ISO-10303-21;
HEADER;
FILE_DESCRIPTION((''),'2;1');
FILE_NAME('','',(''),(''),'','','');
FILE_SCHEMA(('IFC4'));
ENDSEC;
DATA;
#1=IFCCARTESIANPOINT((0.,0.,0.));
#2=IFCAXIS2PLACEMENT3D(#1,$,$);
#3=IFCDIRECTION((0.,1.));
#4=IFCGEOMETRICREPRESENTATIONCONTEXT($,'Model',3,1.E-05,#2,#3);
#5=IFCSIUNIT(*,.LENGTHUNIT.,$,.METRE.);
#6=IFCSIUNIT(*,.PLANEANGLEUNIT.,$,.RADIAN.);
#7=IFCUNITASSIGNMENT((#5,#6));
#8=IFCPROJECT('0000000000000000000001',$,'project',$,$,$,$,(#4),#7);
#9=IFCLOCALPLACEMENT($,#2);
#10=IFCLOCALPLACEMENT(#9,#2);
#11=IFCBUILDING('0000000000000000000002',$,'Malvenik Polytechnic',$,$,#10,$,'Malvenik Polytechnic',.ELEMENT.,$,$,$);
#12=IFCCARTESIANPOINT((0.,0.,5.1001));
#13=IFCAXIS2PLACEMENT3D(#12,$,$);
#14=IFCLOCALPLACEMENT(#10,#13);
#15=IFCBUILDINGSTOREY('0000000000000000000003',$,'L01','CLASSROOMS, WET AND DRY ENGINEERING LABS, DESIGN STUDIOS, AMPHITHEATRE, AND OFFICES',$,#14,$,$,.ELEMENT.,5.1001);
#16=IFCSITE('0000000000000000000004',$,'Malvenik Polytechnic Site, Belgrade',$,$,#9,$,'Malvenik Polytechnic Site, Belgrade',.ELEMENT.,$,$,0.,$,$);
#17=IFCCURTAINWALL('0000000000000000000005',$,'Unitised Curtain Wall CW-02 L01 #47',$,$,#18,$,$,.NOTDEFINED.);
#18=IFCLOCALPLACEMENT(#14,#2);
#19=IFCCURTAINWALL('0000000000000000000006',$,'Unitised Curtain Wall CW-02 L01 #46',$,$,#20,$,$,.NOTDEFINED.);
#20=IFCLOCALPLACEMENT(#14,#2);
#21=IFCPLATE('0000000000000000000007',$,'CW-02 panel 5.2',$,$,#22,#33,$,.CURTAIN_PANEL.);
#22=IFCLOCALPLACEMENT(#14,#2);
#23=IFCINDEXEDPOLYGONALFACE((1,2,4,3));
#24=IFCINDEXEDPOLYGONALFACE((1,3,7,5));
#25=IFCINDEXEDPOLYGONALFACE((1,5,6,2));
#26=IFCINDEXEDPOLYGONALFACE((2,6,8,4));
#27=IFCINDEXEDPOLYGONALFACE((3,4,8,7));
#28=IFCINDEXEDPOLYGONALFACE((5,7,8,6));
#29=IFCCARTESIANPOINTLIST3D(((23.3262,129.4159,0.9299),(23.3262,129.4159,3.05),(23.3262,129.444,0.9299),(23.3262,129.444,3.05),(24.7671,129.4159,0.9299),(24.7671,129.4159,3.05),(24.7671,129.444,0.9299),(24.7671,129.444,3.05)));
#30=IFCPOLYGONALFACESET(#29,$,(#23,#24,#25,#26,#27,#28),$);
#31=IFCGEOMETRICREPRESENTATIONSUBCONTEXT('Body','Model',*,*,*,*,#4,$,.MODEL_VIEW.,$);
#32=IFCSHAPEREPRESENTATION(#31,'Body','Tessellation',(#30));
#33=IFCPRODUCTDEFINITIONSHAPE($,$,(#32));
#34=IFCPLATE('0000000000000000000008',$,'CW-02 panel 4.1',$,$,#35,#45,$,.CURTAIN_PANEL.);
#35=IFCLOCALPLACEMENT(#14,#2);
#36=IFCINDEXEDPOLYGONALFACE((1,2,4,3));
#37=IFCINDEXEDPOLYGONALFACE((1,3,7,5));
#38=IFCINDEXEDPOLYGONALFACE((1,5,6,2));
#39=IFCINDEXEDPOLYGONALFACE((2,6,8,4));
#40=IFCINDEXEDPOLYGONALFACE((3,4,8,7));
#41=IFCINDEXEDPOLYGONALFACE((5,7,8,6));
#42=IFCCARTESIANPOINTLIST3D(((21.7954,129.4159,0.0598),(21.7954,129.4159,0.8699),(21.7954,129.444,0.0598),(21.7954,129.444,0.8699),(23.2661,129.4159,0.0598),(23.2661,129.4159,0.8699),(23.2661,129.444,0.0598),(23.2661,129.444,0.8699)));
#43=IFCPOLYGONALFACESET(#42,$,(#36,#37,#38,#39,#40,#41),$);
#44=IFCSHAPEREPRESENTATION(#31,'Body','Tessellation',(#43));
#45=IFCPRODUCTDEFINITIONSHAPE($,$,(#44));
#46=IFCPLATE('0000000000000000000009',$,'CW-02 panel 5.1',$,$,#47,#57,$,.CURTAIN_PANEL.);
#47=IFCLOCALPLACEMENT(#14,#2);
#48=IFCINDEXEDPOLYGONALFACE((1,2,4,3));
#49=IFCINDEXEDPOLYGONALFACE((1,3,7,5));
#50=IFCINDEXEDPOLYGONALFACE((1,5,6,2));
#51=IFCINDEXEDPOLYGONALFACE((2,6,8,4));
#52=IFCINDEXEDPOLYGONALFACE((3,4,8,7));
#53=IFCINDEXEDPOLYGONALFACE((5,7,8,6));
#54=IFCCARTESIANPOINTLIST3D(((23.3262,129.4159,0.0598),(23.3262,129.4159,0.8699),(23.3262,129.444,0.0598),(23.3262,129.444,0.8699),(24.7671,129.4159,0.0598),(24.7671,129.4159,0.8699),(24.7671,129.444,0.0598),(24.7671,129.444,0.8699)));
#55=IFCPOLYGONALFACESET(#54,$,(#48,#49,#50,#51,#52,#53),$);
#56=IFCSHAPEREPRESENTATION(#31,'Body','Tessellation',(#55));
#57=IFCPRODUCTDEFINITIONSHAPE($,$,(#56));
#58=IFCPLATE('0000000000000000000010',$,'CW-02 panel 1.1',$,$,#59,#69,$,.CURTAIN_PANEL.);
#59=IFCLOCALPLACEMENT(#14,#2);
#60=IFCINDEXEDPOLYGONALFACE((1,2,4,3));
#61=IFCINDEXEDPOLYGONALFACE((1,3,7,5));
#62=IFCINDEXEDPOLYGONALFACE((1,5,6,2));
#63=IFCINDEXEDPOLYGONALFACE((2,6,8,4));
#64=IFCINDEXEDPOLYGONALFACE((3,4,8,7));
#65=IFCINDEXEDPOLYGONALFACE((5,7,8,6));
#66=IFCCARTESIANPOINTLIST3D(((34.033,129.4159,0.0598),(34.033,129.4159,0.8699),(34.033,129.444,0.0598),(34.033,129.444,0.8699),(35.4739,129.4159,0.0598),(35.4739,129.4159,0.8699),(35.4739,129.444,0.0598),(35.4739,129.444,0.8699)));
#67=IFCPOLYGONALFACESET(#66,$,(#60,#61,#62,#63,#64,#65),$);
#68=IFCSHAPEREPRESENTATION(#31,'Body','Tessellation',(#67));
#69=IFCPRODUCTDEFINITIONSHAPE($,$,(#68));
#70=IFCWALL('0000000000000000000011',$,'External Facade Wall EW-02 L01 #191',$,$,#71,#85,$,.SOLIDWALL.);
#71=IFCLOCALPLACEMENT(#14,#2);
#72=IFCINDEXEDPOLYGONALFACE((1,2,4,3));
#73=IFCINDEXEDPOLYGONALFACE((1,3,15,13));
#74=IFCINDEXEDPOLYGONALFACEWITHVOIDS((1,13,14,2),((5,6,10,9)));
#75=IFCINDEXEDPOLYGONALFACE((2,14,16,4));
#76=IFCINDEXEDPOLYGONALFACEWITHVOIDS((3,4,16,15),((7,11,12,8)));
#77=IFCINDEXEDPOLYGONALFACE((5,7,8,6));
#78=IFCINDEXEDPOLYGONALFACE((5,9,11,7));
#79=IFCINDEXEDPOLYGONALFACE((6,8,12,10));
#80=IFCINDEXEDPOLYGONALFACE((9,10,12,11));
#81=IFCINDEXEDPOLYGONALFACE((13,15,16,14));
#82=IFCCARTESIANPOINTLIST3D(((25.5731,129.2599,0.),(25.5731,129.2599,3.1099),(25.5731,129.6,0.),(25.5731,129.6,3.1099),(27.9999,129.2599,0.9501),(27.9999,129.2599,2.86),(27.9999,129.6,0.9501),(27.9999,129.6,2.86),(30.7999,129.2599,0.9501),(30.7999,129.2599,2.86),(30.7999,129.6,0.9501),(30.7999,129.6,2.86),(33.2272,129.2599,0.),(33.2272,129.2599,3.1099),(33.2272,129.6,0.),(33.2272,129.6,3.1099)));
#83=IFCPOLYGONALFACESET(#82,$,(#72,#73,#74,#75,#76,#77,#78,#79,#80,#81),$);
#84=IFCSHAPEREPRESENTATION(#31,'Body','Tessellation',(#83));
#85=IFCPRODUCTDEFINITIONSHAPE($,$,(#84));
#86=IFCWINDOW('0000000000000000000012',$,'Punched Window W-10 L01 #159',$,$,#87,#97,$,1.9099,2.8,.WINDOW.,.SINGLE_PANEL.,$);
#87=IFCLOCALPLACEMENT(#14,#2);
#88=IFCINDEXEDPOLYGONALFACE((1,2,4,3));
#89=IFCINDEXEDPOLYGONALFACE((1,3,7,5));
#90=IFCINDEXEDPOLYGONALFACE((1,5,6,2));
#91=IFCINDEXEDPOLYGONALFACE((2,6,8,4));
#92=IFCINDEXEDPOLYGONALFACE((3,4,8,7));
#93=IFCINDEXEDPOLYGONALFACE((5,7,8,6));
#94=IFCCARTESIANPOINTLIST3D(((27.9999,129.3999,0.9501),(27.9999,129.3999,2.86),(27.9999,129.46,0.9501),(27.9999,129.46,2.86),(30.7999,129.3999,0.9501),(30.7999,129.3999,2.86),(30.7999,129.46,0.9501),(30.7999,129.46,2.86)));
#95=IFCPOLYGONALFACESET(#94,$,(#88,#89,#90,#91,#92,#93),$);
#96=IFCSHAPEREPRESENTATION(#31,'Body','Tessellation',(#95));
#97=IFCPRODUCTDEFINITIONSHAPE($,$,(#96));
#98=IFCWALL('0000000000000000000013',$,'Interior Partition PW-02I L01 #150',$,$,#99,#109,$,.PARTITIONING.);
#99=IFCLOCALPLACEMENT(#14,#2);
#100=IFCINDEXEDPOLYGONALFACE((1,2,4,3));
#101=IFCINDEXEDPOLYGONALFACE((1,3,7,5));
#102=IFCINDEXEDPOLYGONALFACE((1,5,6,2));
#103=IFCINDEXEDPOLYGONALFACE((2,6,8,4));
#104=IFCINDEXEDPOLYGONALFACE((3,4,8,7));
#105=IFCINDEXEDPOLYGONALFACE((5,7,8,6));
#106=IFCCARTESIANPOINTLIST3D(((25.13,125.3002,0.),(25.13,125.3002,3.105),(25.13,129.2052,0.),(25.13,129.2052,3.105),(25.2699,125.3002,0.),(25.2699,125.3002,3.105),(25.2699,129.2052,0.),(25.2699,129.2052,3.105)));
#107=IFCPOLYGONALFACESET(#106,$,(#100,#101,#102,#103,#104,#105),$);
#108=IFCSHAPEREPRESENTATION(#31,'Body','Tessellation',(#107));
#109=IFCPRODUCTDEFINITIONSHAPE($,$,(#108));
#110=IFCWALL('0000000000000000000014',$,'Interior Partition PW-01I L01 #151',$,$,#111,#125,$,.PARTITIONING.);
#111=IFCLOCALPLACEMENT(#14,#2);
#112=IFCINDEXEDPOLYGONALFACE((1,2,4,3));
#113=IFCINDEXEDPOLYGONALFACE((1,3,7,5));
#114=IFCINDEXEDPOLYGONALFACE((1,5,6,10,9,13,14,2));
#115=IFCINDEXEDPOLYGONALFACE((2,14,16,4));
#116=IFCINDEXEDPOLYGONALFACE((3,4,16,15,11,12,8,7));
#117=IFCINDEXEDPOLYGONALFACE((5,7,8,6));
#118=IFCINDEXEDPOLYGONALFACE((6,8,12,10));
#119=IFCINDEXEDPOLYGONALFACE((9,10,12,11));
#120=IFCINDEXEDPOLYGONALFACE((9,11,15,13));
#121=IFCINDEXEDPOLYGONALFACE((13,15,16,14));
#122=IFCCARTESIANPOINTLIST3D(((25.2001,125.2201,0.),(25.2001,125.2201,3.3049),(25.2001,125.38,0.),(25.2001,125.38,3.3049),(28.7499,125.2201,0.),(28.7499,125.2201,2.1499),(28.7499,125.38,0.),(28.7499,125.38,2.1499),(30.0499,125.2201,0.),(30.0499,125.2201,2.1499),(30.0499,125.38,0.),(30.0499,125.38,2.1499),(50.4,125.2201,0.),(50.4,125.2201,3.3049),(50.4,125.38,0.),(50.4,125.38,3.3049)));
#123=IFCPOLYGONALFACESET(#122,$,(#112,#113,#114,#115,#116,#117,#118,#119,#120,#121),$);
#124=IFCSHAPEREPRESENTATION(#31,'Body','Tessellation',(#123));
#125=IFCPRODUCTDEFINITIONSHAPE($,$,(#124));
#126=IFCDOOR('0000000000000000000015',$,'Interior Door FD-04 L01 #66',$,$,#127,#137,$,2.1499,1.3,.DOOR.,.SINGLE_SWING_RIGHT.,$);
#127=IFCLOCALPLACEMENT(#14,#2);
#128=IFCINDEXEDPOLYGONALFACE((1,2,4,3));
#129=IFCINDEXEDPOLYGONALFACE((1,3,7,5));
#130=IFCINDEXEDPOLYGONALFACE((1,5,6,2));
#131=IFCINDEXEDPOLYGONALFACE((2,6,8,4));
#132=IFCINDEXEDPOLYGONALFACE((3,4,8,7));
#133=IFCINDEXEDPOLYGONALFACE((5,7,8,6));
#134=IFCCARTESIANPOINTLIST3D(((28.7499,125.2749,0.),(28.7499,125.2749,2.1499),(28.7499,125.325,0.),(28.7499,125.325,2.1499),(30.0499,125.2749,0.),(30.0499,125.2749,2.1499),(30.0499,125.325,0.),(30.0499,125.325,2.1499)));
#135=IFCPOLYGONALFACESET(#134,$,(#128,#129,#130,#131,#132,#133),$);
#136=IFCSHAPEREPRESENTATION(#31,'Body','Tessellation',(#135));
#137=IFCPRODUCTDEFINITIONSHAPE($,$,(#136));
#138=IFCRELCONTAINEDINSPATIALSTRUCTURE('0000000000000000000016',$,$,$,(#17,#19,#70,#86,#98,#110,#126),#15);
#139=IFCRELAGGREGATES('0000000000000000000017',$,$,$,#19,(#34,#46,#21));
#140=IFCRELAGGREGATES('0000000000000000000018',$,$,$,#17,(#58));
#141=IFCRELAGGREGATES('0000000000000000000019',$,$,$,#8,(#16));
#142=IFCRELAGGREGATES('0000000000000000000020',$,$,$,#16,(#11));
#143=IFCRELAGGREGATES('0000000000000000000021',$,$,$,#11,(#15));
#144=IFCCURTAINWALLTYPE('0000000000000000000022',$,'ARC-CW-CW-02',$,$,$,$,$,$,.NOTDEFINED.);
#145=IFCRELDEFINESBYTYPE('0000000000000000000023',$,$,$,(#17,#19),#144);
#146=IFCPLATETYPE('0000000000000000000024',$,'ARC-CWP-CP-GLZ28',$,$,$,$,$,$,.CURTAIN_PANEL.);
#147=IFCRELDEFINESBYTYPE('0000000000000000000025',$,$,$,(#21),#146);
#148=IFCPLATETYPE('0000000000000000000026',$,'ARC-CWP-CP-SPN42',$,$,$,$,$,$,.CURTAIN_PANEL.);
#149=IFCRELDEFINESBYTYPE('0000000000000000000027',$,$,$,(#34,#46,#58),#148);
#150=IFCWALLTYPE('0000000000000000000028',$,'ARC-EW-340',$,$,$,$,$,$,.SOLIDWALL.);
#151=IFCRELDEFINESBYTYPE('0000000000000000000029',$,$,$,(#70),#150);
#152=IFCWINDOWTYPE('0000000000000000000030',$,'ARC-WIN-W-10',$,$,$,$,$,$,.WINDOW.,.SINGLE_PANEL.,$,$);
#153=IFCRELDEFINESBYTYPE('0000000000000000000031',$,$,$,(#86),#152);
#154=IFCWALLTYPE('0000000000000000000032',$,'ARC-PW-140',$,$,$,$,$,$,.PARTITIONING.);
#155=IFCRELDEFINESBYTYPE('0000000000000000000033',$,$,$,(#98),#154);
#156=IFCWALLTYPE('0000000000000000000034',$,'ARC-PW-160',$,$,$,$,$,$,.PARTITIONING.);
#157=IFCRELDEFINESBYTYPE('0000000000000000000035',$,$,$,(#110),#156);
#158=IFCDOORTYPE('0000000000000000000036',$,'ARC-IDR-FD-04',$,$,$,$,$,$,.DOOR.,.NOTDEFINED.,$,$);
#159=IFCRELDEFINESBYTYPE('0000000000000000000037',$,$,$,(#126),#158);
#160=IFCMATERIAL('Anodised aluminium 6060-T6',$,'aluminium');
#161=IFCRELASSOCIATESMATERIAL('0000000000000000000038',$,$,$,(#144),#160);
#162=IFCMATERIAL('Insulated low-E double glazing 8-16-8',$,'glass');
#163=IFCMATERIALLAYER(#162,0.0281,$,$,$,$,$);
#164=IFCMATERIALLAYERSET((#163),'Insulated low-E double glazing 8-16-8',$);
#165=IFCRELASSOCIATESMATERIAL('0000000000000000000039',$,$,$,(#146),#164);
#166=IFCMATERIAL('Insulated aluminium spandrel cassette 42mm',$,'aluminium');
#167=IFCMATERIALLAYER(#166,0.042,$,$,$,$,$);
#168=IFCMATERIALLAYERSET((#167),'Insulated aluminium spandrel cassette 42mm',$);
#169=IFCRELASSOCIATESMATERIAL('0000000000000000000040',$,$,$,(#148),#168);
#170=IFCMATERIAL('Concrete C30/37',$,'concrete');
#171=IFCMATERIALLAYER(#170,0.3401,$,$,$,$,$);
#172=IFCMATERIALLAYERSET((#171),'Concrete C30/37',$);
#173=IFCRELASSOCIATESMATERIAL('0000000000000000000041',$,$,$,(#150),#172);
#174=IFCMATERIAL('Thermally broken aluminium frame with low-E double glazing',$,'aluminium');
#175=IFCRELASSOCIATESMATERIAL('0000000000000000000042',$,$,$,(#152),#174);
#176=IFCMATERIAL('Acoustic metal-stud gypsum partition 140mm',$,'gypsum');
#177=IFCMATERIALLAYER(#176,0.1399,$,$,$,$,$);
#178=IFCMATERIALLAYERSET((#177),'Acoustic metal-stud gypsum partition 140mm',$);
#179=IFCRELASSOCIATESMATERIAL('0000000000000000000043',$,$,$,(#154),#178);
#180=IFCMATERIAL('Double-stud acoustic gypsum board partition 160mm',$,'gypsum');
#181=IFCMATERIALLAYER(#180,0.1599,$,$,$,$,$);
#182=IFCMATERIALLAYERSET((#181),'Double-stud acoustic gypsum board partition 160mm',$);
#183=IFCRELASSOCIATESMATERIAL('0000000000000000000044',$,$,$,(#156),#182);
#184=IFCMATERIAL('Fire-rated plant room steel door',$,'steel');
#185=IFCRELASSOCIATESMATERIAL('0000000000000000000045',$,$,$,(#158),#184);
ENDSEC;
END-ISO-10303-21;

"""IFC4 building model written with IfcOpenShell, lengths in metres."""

from ifc_helpers import new_model, si_unit, direction, frame, frame_2d, origin, origin_2d, place, context, subcontext, project, spatial, rectangle, extrude, material, layer, layer_set, type_object, element, fill, aggregate, save


model = new_model("IFC4")

# Units and contexts
model_context = context("Model", 3, precision=1e-05, world=origin(), true_north=direction((0.0, 1.0)))
body_context = subcontext(model_context, "Body", "Model", "MODEL_VIEW")
ifc_project = project(units=[si_unit("LENGTHUNIT", "METRE"), si_unit("PLANEANGLEUNIT", "RADIAN")], contexts=[model_context])

# Site, building, storey
site_placement = place(None, origin())
site = spatial("IfcSite", under=ifc_project, at=site_placement, Name="Malvenik Polytechnic Site, Belgrade", LongName="Malvenik Polytechnic Site, Belgrade", CompositionType="ELEMENT", RefElevation=0.0)
building_placement = place(site_placement, origin())
building = spatial("IfcBuilding", under=site, at=building_placement, Name="Malvenik Polytechnic", LongName="Malvenik Polytechnic", CompositionType="ELEMENT")
storey_placement = place(building_placement, frame((0.0, 0.0, 5.1001)))
storey = spatial("IfcBuildingStorey", under=building, at=storey_placement, Name="L01", Description="CLASSROOMS, WET AND DRY ENGINEERING LABS, DESIGN STUDIOS, AMPHITHEATRE, AND OFFICES", CompositionType="ELEMENT", Elevation=5.1001)

# Curtain wall
ifc_material_1 = material(Name="Anodised aluminium 6060-T6", Category="aluminium")
curtain_wall_type = type_object("IfcCurtainWallType", Name="ARC-CW-CW-02", PredefinedType="NOTDEFINED", material=ifc_material_1)
curtain_wall_1_placement = place(storey_placement, origin())
curtain_wall_1 = element("IfcCurtainWall", 1, at=curtain_wall_1_placement, inside=storey, type_object=curtain_wall_type, Name="Unitised Curtain Wall CW-02 L01 #47", PredefinedType="NOTDEFINED")

# Curtain wall
curtain_wall_2_placement = place(storey_placement, origin())
curtain_wall_2 = element("IfcCurtainWall", 2, at=curtain_wall_2_placement, inside=storey, type_object=curtain_wall_type, Name="Unitised Curtain Wall CW-02 L01 #46", PredefinedType="NOTDEFINED")

# Plates
ifc_material_2 = material(Name="Insulated low-E double glazing 8-16-8", Category="glass")
ifc_layer_1 = layer(ifc_material_2, 0.0281)
ifc_layer_set_1 = layer_set([ifc_layer_1], Name="Insulated low-E double glazing 8-16-8")
plate_type_1 = type_object("IfcPlateType", Name="ARC-CWP-CP-GLZ28", PredefinedType="CURTAIN_PANEL", material=ifc_layer_set_1)
plate_1_placement = place(storey_placement, frame((24.0466, 129.4299, 0.9299), z_axis=(0.0, 0.0, 1.0), x_axis=(1.0, 0.0, 0.0)))
plate_1 = element("IfcPlate", 3, at=plate_1_placement, type_object=plate_type_1, Name="CW-02 panel 5.2", PredefinedType="CURTAIN_PANEL", context=body_context, shape_type="SweptSolid", body=[
    extrude(rectangle(XDim=1.4409, YDim=0.0281, at=origin_2d()), origin(), (0.0, 0.0, 1.0), 2.1201),
])
ifc_material_3 = material(Name="Insulated aluminium spandrel cassette 42mm", Category="aluminium")
ifc_layer_2 = layer(ifc_material_3, 0.042)
ifc_layer_set_2 = layer_set([ifc_layer_2], Name="Insulated aluminium spandrel cassette 42mm")
plate_type_2 = type_object("IfcPlateType", Name="ARC-CWP-CP-SPN42", PredefinedType="CURTAIN_PANEL", material=ifc_layer_set_2)
plate_2_placement = place(storey_placement, frame((22.5308, 129.4299, 0.0598), z_axis=(0.0, 0.0, 1.0), x_axis=(1.0, 0.0, 0.0)))
plate_2 = element("IfcPlate", 4, at=plate_2_placement, type_object=plate_type_2, Name="CW-02 panel 4.1", PredefinedType="CURTAIN_PANEL", context=body_context, shape_type="SweptSolid", body=[
    extrude(rectangle(XDim=1.4707, YDim=0.0281, at=origin_2d()), origin(), (0.0, 0.0, 1.0), 0.8101),
])
plate_3_placement = place(storey_placement, frame((24.0466, 129.4299, 0.0598), z_axis=(0.0, 0.0, 1.0), x_axis=(1.0, 0.0, 0.0)))
plate_3 = element("IfcPlate", 5, at=plate_3_placement, type_object=plate_type_2, Name="CW-02 panel 5.1", PredefinedType="CURTAIN_PANEL", context=body_context, shape_type="SweptSolid", body=[
    extrude(rectangle(XDim=1.4409, YDim=0.0281, at=origin_2d()), origin(), (0.0, 0.0, 1.0), 0.8101),
])
aggregate(curtain_wall_2, [plate_2, plate_3, plate_1])
plate_4_placement = place(storey_placement, frame((34.7534, 129.4299, 0.0598), z_axis=(0.0, 0.0, 1.0), x_axis=(1.0, 0.0, 0.0)))
plate_4 = element("IfcPlate", 6, at=plate_4_placement, type_object=plate_type_2, Name="CW-02 panel 1.1", PredefinedType="CURTAIN_PANEL", context=body_context, shape_type="SweptSolid", body=[
    extrude(rectangle(XDim=1.4409, YDim=0.0281, at=origin_2d()), origin(), (0.0, 0.0, 1.0), 0.8101),
])
aggregate(curtain_wall_1, [plate_4])

# Wall, opening, window
ifc_material_4 = material(Name="Concrete C30/37", Category="concrete")
ifc_layer_3 = layer(ifc_material_4, 0.3401)
ifc_layer_set_3 = layer_set([ifc_layer_3], Name="Concrete C30/37")
wall_type_1 = type_object("IfcWallType", Name="ARC-EW-340", PredefinedType="SOLIDWALL", material=ifc_layer_set_3)
wall_1_placement = place(storey_placement, frame((25.573, 129.4299, 0.0), z_axis=(0.0, 0.0, 1.0), x_axis=(1.0, 0.0, 0.0)))
wall_1 = element("IfcWall", 7, at=wall_1_placement, inside=storey, type_object=wall_type_1, Name="External Facade Wall EW-02 L01 #191", PredefinedType="SOLIDWALL", context=body_context, shape_type="SweptSolid", body=[
    extrude(rectangle(XDim=7.6541, YDim=0.3401, at=frame_2d((3.8271, 0.0))), origin(), (0.0, 0.0, 1.0), 3.1099),
])
opening_1_placement = place(wall_1_placement, frame((2.427, 0.0, 0.95)))
opening_1 = element("IfcOpeningElement", 8, at=opening_1_placement, cuts=wall_1, PredefinedType="OPENING", context=body_context, shape_type="SweptSolid", body=[
    extrude(rectangle(XDim=2.8, YDim=1.9099, at=frame_2d((1.3999, 0.9551))), frame((0.0, 0.1802, 0.0), z_axis=(0.0, -1.0, 0.0), x_axis=(1.0, 0.0, 0.0)), (0.0, 0.0, 1.0), 0.3601),
])
ifc_material_5 = material(Name="Thermally broken aluminium frame with low-E double glazing", Category="aluminium")
window_type = type_object("IfcWindowType", Name="ARC-WIN-W-10", PartitioningType="SINGLE_PANEL", PredefinedType="WINDOW", material=ifc_material_5)
window_placement = place(opening_1_placement, origin())
window = element("IfcWindow", 9, at=window_placement, inside=storey, type_object=window_type, Name="Punched Window W-10 L01 #159", OverallHeight=1.9099, OverallWidth=2.8, PartitioningType="SINGLE_PANEL", PredefinedType="WINDOW", context=body_context, shape_type="SweptSolid", body=[
    extrude(rectangle(XDim=2.8, YDim=1.9099, at=frame_2d((1.3999, 0.9551))), frame((0.0, 0.03, 0.0), z_axis=(0.0, -1.0, 0.0), x_axis=(1.0, 0.0, 0.0)), (0.0, 0.0, 1.0), 0.0601),
])
fill(opening_1, window)

# Wall
ifc_material_6 = material(Name="Acoustic metal-stud gypsum partition 140mm", Category="gypsum")
ifc_layer_4 = layer(ifc_material_6, 0.1399)
ifc_layer_set_4 = layer_set([ifc_layer_4], Name="Acoustic metal-stud gypsum partition 140mm")
wall_type_2 = type_object("IfcWallType", Name="ARC-PW-140", PredefinedType="PARTITIONING", material=ifc_layer_set_4)
wall_2_placement = place(storey_placement, frame((25.2, 125.3, 0.0), z_axis=(0.0, 0.0, 1.0), x_axis=(0.0, 1.0, 0.0)))
element("IfcWall", 10, at=wall_2_placement, inside=storey, type_object=wall_type_2, Name="Interior Partition PW-02I L01 #150", PredefinedType="PARTITIONING", context=body_context, shape_type="SweptSolid", body=[
    extrude(rectangle(XDim=3.905, YDim=0.1399, at=frame_2d((1.9526, 0.0))), origin(), (0.0, 0.0, 1.0), 3.105),
])

# Wall, opening, door
ifc_material_7 = material(Name="Double-stud acoustic gypsum board partition 160mm", Category="gypsum")
ifc_layer_5 = layer(ifc_material_7, 0.1599)
ifc_layer_set_5 = layer_set([ifc_layer_5], Name="Double-stud acoustic gypsum board partition 160mm")
wall_type_3 = type_object("IfcWallType", Name="ARC-PW-160", PredefinedType="PARTITIONING", material=ifc_layer_set_5)
wall_3_placement = place(storey_placement, frame((25.2, 125.3, 0.0), z_axis=(0.0, 0.0, 1.0), x_axis=(1.0, 0.0, 0.0)))
wall_3 = element("IfcWall", 11, at=wall_3_placement, inside=storey, type_object=wall_type_3, Name="Interior Partition PW-01I L01 #151", PredefinedType="PARTITIONING", context=body_context, shape_type="SweptSolid", body=[
    extrude(rectangle(XDim=25.2, YDim=0.1599, at=frame_2d((12.6001, 0.0))), origin(), (0.0, 0.0, 1.0), 3.3049),
])
opening_2_placement = place(wall_3_placement, frame((3.55, 0.0, 0.0)))
opening_2 = element("IfcOpeningElement", 12, at=opening_2_placement, cuts=wall_3, PredefinedType="OPENING", context=body_context, shape_type="SweptSolid", body=[
    extrude(rectangle(XDim=1.3, YDim=2.1499, at=frame_2d((0.6499, 1.075))), frame((0.0, 0.0898, 0.0), z_axis=(0.0, -1.0, 0.0), x_axis=(1.0, 0.0, 0.0)), (0.0, 0.0, 1.0), 0.1799),
])
ifc_material_8 = material(Name="Fire-rated plant room steel door", Category="steel")
door_type = type_object("IfcDoorType", Name="ARC-IDR-FD-04", OperationType="NOTDEFINED", PredefinedType="DOOR", material=ifc_material_8)
door_placement = place(opening_2_placement, origin())
door = element("IfcDoor", 13, at=door_placement, inside=storey, type_object=door_type, Name="Interior Door FD-04 L01 #66", OperationType="SINGLE_SWING_RIGHT", OverallHeight=2.1499, OverallWidth=1.3, PredefinedType="DOOR", context=body_context, shape_type="SweptSolid", body=[
    extrude(rectangle(XDim=1.3, YDim=2.1499, at=frame_2d((0.6499, 1.075))), frame((0.0, 0.0249, 0.0), z_axis=(0.0, -1.0, 0.0), x_axis=(1.0, 0.0, 0.0)), (0.0, 0.0, 1.0), 0.05),
])
fill(opening_2, door)

save(model, "model.ifc")
